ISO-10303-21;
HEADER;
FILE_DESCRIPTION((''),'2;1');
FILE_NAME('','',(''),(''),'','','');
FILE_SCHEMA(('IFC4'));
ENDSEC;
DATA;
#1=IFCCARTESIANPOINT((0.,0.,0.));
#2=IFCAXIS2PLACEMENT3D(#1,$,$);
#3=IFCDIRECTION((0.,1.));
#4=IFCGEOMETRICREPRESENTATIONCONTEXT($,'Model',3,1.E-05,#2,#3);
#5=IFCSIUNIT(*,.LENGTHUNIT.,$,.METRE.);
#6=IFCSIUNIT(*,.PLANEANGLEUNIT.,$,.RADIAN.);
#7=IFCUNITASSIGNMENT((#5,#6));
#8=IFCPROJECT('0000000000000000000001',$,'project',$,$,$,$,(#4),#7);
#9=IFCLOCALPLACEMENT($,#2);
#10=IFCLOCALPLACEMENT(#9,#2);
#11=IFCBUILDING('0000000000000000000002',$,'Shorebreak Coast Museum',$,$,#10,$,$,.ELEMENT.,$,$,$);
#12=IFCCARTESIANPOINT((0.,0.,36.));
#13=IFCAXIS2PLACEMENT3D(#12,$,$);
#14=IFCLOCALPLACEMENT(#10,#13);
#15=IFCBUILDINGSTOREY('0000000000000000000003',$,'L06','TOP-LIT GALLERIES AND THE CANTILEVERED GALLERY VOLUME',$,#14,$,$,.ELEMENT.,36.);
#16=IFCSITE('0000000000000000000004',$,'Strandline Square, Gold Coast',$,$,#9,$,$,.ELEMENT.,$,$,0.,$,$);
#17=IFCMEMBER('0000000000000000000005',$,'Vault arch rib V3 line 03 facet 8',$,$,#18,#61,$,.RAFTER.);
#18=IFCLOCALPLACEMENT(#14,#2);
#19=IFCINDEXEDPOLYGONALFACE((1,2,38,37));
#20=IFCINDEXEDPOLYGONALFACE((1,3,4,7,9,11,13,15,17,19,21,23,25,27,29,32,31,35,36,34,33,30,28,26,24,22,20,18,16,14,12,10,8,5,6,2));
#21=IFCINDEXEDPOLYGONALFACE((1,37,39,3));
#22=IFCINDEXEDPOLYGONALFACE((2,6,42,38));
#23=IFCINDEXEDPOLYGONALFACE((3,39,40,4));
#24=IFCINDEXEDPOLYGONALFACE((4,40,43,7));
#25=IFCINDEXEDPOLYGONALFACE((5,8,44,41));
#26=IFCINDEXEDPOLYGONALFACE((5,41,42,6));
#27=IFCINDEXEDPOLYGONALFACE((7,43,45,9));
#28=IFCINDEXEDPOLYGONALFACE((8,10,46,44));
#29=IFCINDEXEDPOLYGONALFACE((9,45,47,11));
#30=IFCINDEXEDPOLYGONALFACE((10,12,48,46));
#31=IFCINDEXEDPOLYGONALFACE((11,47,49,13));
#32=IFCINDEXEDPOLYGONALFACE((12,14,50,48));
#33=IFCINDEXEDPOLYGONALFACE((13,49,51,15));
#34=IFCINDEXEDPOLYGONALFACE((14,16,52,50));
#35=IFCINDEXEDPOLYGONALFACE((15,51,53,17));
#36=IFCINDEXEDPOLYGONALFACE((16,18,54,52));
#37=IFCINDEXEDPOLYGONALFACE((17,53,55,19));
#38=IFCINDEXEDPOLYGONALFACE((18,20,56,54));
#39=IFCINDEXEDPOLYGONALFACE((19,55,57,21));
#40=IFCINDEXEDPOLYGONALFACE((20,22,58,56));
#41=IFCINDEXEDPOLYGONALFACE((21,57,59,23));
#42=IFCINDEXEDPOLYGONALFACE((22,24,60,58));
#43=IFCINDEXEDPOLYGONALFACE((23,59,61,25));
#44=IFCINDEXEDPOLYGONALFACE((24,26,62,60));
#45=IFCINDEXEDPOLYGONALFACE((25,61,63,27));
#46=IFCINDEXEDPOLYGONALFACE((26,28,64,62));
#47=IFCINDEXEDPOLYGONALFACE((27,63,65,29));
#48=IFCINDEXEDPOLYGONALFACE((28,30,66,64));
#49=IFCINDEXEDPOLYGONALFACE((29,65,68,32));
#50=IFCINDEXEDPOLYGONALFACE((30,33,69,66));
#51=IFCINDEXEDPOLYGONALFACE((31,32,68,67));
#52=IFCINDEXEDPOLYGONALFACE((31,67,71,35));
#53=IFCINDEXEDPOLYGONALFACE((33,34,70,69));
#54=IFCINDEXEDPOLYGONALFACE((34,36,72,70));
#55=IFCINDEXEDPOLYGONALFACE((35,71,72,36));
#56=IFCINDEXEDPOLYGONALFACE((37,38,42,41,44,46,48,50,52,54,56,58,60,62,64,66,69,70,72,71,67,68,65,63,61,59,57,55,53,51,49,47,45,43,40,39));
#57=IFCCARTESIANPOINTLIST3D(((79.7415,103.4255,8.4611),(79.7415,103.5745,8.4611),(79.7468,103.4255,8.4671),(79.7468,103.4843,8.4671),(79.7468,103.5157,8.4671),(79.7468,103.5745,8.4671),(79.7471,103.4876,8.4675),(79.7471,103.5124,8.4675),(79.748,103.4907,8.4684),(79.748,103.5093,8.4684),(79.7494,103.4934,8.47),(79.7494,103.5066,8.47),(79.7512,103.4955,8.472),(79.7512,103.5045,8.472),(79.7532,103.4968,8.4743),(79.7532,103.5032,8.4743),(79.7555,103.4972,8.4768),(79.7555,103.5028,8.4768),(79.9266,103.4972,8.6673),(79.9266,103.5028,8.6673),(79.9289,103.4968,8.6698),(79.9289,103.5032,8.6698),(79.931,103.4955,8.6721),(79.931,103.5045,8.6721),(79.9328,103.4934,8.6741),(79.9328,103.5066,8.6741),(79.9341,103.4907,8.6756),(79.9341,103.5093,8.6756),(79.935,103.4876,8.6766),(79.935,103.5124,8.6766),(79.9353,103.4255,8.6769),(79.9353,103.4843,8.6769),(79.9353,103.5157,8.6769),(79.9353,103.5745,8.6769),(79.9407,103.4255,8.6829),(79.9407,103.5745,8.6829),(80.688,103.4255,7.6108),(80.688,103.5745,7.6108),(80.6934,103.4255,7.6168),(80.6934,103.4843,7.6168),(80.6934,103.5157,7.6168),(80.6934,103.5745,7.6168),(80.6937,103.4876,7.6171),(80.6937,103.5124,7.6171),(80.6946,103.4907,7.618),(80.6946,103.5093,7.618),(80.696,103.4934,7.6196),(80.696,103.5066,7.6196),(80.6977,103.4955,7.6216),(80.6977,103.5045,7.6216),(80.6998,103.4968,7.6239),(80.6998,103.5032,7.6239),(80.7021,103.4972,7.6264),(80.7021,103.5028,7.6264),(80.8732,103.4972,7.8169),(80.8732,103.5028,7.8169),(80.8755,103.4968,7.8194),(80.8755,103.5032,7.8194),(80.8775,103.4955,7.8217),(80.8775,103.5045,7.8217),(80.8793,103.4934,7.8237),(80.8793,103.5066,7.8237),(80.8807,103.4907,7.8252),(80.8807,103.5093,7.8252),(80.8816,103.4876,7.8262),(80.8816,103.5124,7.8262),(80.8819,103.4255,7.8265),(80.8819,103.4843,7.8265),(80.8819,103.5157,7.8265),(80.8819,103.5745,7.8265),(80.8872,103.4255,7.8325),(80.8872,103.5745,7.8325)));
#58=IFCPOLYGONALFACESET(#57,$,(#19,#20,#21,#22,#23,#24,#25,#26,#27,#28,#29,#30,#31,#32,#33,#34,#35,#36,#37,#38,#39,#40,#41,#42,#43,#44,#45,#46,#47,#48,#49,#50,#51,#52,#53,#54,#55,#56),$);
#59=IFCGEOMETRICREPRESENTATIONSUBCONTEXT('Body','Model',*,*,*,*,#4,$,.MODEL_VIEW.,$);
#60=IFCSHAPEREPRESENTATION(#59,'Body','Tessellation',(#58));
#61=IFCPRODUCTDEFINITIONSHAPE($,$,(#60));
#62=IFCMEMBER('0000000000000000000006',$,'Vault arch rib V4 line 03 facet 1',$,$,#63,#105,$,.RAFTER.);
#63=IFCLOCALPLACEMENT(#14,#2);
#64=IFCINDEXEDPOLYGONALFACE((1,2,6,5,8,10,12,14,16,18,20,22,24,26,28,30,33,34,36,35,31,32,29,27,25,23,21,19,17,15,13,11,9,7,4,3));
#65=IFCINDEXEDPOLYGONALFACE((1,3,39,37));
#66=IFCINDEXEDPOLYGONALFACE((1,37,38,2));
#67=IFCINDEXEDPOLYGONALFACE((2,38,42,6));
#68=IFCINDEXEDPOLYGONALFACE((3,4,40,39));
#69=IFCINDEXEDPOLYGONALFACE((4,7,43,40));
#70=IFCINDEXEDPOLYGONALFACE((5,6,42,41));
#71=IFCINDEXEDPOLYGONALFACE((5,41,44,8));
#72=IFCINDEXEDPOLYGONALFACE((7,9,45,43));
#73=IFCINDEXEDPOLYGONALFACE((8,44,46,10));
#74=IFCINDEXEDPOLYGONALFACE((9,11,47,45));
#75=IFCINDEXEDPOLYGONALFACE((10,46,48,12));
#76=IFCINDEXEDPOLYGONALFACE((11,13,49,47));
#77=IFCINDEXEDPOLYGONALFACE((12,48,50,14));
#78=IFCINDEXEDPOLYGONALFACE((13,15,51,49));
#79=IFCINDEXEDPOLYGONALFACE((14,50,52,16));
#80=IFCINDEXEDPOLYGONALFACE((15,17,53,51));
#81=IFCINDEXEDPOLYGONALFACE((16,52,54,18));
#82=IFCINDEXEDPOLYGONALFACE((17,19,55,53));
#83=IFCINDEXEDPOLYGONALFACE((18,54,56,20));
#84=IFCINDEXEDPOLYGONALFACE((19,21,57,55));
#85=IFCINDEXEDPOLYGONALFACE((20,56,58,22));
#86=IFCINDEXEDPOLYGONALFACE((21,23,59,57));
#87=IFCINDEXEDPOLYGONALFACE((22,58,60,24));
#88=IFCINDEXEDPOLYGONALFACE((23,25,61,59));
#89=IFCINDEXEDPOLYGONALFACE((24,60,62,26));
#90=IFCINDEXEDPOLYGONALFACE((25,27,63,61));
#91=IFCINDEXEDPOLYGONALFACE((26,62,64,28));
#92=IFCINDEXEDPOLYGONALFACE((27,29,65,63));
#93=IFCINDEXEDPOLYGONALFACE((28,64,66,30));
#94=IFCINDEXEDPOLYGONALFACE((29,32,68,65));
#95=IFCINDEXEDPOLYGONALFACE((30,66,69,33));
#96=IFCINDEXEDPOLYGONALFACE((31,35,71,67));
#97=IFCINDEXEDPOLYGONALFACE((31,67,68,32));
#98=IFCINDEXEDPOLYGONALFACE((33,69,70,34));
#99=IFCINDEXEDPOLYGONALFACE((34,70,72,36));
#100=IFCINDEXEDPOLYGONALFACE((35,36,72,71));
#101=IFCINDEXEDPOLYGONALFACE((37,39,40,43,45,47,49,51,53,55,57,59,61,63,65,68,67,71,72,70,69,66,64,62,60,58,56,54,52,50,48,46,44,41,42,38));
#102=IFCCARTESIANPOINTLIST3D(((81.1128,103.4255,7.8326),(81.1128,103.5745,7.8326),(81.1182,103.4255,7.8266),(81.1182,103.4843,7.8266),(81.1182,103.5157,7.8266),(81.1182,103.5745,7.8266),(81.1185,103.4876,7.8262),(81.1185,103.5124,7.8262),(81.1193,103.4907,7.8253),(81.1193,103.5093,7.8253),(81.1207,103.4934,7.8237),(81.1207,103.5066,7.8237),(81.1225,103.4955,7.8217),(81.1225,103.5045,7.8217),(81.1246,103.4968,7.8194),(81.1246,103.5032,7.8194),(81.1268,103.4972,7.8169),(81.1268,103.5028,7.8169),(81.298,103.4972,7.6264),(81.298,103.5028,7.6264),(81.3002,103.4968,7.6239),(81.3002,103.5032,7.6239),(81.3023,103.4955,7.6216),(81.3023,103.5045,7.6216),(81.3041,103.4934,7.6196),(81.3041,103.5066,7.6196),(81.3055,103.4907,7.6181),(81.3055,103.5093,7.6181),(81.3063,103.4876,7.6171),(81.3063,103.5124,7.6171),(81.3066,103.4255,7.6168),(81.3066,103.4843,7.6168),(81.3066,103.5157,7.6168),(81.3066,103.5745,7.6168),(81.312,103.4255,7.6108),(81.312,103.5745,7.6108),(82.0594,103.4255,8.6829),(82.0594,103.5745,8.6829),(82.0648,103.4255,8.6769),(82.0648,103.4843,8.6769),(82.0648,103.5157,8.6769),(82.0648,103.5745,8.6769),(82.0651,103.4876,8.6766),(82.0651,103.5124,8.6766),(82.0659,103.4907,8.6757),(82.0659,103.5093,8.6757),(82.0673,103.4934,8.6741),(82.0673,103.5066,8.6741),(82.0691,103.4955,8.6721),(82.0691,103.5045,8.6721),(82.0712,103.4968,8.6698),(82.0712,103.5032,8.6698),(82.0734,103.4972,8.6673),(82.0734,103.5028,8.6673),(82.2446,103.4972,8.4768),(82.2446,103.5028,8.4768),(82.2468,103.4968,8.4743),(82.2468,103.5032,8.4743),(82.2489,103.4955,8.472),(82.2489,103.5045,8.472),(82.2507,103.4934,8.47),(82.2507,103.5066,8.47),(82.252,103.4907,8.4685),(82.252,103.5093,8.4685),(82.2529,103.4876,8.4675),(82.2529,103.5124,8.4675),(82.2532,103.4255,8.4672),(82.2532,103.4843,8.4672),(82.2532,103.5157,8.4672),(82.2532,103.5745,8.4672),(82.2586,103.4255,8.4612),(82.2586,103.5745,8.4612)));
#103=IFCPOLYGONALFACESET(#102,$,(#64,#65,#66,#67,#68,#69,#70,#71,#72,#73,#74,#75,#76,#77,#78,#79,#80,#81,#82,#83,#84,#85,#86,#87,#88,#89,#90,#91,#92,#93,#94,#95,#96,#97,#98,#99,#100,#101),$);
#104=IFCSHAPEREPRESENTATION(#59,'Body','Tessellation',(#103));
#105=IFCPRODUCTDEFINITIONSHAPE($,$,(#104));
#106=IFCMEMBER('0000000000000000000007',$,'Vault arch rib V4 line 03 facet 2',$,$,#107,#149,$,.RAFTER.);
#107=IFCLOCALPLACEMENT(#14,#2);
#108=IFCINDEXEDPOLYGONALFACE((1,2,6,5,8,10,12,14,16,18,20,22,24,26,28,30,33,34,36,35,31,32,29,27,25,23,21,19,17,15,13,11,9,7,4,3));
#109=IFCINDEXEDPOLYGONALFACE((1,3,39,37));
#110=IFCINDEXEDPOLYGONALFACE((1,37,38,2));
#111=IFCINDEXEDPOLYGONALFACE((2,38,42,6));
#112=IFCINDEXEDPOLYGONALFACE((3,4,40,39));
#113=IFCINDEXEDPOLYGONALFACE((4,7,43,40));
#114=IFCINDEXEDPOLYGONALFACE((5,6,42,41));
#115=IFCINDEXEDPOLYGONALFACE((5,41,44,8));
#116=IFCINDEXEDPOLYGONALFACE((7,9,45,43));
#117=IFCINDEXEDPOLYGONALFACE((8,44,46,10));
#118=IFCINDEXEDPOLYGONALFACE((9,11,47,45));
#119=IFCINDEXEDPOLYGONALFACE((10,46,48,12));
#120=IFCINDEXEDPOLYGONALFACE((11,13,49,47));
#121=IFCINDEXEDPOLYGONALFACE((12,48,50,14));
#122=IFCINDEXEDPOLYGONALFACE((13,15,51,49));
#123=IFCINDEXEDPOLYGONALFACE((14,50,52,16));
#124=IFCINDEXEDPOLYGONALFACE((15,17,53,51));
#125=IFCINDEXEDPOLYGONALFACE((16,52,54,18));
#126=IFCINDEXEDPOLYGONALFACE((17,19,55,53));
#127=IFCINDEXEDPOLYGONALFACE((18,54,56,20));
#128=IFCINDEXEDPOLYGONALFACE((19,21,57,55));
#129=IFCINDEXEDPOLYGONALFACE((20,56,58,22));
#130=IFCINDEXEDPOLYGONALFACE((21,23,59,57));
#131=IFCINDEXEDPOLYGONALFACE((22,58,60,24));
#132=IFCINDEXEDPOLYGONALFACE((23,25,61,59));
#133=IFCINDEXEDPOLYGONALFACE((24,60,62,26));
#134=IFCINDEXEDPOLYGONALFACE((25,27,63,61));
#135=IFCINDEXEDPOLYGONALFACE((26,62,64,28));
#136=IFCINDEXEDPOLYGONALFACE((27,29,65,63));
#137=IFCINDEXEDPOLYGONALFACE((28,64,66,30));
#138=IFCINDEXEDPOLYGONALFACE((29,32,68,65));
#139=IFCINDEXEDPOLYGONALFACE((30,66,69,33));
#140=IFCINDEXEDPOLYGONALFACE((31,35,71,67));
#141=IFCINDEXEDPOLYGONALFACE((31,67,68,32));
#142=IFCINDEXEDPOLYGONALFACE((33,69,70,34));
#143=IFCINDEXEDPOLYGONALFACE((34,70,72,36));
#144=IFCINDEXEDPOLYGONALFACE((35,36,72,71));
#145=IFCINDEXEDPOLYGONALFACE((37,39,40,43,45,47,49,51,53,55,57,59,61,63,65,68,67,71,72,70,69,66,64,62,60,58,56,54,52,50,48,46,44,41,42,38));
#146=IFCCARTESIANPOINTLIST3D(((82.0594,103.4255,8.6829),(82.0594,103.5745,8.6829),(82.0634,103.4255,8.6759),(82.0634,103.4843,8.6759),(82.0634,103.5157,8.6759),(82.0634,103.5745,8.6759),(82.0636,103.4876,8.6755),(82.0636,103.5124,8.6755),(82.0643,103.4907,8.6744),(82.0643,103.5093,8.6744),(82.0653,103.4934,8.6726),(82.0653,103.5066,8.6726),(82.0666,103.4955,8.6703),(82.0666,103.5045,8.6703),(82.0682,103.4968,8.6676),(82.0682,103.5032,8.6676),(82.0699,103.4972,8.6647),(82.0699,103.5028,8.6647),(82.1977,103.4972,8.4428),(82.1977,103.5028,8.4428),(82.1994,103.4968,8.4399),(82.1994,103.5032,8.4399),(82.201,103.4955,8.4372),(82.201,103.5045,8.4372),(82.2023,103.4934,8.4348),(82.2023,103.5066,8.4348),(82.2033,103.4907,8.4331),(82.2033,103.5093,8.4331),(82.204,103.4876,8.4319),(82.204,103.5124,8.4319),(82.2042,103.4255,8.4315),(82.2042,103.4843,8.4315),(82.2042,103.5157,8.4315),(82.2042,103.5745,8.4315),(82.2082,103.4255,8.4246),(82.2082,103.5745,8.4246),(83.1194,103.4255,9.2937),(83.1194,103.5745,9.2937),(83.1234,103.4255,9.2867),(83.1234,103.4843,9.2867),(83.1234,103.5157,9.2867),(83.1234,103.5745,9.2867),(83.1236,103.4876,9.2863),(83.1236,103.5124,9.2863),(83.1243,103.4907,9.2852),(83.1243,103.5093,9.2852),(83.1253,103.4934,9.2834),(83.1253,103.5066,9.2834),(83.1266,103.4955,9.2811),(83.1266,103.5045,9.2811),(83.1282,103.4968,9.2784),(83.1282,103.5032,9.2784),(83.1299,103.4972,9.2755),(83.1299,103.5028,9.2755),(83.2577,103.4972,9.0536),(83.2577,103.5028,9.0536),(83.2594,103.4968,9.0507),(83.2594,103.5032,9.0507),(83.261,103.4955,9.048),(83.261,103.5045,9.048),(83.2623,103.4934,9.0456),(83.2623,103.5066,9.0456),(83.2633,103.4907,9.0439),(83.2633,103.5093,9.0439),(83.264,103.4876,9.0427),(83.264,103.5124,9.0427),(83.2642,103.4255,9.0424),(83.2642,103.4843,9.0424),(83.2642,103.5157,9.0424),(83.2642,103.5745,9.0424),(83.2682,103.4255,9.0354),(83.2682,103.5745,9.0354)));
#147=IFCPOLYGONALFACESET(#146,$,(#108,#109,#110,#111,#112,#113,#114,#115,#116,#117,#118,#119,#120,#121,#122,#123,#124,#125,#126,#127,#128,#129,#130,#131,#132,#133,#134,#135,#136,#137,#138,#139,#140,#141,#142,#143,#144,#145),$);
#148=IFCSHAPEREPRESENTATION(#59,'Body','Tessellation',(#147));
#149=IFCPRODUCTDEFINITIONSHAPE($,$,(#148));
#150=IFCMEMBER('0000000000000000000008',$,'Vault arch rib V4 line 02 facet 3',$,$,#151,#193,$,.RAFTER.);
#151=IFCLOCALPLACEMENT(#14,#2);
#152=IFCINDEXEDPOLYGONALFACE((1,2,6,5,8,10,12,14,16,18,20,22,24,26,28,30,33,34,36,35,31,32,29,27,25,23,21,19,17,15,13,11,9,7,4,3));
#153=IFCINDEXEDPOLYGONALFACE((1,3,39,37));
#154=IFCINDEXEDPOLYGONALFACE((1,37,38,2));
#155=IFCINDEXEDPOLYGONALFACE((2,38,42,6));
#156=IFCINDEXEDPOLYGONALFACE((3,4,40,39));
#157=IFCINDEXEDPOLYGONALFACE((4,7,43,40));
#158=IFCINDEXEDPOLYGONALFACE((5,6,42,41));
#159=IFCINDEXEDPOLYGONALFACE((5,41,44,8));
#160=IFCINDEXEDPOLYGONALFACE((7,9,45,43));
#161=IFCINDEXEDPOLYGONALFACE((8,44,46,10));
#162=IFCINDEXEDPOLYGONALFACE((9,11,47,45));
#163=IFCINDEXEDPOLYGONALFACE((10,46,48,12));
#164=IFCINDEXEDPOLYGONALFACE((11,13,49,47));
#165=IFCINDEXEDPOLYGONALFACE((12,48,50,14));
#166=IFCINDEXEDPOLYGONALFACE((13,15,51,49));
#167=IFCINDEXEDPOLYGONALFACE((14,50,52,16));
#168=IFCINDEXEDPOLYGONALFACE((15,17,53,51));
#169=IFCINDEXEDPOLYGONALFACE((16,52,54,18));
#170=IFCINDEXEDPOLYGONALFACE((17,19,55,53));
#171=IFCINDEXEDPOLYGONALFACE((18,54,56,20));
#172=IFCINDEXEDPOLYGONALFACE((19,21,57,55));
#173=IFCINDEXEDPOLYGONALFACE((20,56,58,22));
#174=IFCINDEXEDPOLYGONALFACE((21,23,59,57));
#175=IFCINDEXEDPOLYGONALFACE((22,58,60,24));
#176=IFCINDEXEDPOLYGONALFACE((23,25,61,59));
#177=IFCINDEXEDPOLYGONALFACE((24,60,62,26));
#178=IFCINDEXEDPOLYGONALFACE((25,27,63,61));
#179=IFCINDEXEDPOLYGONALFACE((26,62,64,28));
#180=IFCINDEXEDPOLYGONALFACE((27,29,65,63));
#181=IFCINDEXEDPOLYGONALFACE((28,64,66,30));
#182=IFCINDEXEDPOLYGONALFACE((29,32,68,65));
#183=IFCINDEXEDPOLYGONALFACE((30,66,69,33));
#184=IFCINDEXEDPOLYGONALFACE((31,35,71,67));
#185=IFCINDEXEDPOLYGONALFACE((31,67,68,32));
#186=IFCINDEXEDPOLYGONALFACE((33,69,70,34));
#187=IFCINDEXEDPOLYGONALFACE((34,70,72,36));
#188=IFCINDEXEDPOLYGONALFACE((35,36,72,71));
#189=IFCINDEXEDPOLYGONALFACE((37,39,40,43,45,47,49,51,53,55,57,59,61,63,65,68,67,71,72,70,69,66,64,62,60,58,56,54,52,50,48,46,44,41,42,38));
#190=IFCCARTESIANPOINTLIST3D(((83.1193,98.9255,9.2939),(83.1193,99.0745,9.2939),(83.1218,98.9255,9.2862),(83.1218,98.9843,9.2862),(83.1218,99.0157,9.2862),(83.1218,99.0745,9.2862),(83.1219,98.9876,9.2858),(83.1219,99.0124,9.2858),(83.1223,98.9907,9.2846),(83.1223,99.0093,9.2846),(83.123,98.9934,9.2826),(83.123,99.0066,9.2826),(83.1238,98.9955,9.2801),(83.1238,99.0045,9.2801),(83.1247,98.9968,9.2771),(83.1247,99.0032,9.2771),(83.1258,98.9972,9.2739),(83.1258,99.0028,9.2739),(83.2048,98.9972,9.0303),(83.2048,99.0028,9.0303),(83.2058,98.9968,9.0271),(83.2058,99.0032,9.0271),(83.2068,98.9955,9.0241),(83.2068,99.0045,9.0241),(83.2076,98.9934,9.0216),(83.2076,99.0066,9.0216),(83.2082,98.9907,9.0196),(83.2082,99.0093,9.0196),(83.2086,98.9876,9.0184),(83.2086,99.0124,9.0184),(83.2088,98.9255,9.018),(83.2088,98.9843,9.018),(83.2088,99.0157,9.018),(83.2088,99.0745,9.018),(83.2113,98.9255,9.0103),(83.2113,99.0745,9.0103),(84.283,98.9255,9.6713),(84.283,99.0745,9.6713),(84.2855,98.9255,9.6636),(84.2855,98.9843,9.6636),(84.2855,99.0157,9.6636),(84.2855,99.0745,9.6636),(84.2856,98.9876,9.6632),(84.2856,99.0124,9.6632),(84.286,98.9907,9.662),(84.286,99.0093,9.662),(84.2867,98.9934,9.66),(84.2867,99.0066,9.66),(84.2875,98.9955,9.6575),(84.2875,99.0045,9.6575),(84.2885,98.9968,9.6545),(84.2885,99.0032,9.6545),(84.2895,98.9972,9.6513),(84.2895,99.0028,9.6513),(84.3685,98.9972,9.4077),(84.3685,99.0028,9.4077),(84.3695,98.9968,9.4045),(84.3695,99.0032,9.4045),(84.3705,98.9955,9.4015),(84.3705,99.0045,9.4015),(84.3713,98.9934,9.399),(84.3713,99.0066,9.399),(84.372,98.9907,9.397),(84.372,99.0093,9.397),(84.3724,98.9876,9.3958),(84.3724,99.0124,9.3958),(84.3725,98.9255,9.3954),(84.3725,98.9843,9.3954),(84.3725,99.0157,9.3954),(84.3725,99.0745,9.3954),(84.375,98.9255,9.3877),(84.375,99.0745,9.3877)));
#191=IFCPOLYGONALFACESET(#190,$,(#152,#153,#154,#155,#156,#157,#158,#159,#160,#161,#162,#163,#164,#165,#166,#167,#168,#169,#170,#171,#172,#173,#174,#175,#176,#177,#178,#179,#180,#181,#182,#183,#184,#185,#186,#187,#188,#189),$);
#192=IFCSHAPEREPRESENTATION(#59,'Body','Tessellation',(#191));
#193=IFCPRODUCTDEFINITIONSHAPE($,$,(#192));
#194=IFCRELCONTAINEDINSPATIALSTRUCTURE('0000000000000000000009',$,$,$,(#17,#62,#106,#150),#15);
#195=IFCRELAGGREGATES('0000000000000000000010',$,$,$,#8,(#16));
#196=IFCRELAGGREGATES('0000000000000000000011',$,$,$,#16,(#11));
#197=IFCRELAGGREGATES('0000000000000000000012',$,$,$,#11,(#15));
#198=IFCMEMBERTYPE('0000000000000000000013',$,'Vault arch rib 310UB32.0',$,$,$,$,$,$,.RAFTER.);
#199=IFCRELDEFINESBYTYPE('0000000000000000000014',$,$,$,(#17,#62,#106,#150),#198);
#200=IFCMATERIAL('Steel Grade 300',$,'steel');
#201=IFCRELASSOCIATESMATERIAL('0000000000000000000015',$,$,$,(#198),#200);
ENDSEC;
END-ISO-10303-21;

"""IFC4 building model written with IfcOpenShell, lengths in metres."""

from ifc_helpers import new_model, si_unit, direction, frame, origin, origin_2d, place, context, subcontext, project, spatial, i_section, extrude, material, material_profile, profile_set, type_object, element, save


model = new_model("IFC4")

# Units and contexts
model_context = context("Model", 3, precision=1e-05, world=origin(), true_north=direction((0.0, 1.0)))
body_context = subcontext(model_context, "Body", "Model", "MODEL_VIEW")
ifc_project = project(units=[si_unit("LENGTHUNIT", "METRE"), si_unit("PLANEANGLEUNIT", "RADIAN")], contexts=[model_context])

# Site, building, storey
site_placement = place(None, origin())
site = spatial("IfcSite", under=ifc_project, at=site_placement, Name="Strandline Square, Gold Coast", CompositionType="ELEMENT", RefElevation=0.0)
building_placement = place(site_placement, origin())
building = spatial("IfcBuilding", under=site, at=building_placement, Name="Shorebreak Coast Museum", CompositionType="ELEMENT")
storey_placement = place(building_placement, frame((0.0, 0.0, 36.0)))
storey = spatial("IfcBuildingStorey", under=building, at=storey_placement, Name="L06", Description="TOP-LIT GALLERIES AND THE CANTILEVERED GALLERY VOLUME", CompositionType="ELEMENT", Elevation=36.0)

# Members
ifc_material_1 = material(Name="Steel Grade 300", Category="steel")
ifc_material_profile_1 = material_profile(ifc_material_1, i_section(OverallWidth=0.1489, OverallDepth=0.2981, WebThickness=0.0056, FlangeThickness=0.0081, FilletRadius=0.0129, at=origin_2d()), Name="310UB32.0")
ifc_profile_set_1 = profile_set([ifc_material_profile_1], Name="Steel Grade 300")
member_type_1 = type_object("IfcMemberType", Name="Vault arch rib 310UB32.0", PredefinedType="RAFTER", material=ifc_profile_set_1)
for number, where, z_axis, x_axis, name in (
    (1, (79.8411, 103.5, 8.572), (0.743895, 0.0, -0.668297), (0.0, 1.0, 0.0), "Vault arch rib V3 line 03 facet 8"),
    (2, (81.2124, 103.5, 7.7217), (0.743895, 0.0, 0.668297), (0.0, 1.0, 0.0), "Vault arch rib V4 line 03 facet 1"),
):
    element("IfcMember", number, at=place(storey_placement, frame(where, z_axis=z_axis, x_axis=x_axis)), inside=storey, type_object=member_type_1, Name=name, PredefinedType="RAFTER", context=body_context, shape_type="SweptSolid", body=[
        extrude(i_section(OverallWidth=0.1489, OverallDepth=0.2981, WebThickness=0.0056, FlangeThickness=0.0081, FilletRadius=0.0129, at=origin_2d()), origin(), (0.0, 0.0, 1.0), 1.2725),
    ])
for number, where, z_axis, x_axis, name in (
    (3, (82.1338, 103.5, 8.5537), (0.866445, 0.0, 0.499273), (0.0, 1.0, 0.0), "Vault arch rib V4 line 03 facet 2"),
    (4, (83.1653, 99.0, 9.1521), (0.951226, 0.0, 0.308495), (0.0, 1.0, 0.0), "Vault arch rib V4 line 02 facet 3"),
):
    element("IfcMember", number, at=place(storey_placement, frame(where, z_axis=z_axis, x_axis=x_axis)), inside=storey, type_object=member_type_1, Name=name, PredefinedType="RAFTER", context=body_context, shape_type="SweptSolid", body=[
        extrude(i_section(OverallWidth=0.1489, OverallDepth=0.2981, WebThickness=0.0056, FlangeThickness=0.0081, FilletRadius=0.0129, at=origin_2d()), origin(), (0.0, 0.0, 1.0), 1.2234),
    ])

save(model, "model.ifc")
